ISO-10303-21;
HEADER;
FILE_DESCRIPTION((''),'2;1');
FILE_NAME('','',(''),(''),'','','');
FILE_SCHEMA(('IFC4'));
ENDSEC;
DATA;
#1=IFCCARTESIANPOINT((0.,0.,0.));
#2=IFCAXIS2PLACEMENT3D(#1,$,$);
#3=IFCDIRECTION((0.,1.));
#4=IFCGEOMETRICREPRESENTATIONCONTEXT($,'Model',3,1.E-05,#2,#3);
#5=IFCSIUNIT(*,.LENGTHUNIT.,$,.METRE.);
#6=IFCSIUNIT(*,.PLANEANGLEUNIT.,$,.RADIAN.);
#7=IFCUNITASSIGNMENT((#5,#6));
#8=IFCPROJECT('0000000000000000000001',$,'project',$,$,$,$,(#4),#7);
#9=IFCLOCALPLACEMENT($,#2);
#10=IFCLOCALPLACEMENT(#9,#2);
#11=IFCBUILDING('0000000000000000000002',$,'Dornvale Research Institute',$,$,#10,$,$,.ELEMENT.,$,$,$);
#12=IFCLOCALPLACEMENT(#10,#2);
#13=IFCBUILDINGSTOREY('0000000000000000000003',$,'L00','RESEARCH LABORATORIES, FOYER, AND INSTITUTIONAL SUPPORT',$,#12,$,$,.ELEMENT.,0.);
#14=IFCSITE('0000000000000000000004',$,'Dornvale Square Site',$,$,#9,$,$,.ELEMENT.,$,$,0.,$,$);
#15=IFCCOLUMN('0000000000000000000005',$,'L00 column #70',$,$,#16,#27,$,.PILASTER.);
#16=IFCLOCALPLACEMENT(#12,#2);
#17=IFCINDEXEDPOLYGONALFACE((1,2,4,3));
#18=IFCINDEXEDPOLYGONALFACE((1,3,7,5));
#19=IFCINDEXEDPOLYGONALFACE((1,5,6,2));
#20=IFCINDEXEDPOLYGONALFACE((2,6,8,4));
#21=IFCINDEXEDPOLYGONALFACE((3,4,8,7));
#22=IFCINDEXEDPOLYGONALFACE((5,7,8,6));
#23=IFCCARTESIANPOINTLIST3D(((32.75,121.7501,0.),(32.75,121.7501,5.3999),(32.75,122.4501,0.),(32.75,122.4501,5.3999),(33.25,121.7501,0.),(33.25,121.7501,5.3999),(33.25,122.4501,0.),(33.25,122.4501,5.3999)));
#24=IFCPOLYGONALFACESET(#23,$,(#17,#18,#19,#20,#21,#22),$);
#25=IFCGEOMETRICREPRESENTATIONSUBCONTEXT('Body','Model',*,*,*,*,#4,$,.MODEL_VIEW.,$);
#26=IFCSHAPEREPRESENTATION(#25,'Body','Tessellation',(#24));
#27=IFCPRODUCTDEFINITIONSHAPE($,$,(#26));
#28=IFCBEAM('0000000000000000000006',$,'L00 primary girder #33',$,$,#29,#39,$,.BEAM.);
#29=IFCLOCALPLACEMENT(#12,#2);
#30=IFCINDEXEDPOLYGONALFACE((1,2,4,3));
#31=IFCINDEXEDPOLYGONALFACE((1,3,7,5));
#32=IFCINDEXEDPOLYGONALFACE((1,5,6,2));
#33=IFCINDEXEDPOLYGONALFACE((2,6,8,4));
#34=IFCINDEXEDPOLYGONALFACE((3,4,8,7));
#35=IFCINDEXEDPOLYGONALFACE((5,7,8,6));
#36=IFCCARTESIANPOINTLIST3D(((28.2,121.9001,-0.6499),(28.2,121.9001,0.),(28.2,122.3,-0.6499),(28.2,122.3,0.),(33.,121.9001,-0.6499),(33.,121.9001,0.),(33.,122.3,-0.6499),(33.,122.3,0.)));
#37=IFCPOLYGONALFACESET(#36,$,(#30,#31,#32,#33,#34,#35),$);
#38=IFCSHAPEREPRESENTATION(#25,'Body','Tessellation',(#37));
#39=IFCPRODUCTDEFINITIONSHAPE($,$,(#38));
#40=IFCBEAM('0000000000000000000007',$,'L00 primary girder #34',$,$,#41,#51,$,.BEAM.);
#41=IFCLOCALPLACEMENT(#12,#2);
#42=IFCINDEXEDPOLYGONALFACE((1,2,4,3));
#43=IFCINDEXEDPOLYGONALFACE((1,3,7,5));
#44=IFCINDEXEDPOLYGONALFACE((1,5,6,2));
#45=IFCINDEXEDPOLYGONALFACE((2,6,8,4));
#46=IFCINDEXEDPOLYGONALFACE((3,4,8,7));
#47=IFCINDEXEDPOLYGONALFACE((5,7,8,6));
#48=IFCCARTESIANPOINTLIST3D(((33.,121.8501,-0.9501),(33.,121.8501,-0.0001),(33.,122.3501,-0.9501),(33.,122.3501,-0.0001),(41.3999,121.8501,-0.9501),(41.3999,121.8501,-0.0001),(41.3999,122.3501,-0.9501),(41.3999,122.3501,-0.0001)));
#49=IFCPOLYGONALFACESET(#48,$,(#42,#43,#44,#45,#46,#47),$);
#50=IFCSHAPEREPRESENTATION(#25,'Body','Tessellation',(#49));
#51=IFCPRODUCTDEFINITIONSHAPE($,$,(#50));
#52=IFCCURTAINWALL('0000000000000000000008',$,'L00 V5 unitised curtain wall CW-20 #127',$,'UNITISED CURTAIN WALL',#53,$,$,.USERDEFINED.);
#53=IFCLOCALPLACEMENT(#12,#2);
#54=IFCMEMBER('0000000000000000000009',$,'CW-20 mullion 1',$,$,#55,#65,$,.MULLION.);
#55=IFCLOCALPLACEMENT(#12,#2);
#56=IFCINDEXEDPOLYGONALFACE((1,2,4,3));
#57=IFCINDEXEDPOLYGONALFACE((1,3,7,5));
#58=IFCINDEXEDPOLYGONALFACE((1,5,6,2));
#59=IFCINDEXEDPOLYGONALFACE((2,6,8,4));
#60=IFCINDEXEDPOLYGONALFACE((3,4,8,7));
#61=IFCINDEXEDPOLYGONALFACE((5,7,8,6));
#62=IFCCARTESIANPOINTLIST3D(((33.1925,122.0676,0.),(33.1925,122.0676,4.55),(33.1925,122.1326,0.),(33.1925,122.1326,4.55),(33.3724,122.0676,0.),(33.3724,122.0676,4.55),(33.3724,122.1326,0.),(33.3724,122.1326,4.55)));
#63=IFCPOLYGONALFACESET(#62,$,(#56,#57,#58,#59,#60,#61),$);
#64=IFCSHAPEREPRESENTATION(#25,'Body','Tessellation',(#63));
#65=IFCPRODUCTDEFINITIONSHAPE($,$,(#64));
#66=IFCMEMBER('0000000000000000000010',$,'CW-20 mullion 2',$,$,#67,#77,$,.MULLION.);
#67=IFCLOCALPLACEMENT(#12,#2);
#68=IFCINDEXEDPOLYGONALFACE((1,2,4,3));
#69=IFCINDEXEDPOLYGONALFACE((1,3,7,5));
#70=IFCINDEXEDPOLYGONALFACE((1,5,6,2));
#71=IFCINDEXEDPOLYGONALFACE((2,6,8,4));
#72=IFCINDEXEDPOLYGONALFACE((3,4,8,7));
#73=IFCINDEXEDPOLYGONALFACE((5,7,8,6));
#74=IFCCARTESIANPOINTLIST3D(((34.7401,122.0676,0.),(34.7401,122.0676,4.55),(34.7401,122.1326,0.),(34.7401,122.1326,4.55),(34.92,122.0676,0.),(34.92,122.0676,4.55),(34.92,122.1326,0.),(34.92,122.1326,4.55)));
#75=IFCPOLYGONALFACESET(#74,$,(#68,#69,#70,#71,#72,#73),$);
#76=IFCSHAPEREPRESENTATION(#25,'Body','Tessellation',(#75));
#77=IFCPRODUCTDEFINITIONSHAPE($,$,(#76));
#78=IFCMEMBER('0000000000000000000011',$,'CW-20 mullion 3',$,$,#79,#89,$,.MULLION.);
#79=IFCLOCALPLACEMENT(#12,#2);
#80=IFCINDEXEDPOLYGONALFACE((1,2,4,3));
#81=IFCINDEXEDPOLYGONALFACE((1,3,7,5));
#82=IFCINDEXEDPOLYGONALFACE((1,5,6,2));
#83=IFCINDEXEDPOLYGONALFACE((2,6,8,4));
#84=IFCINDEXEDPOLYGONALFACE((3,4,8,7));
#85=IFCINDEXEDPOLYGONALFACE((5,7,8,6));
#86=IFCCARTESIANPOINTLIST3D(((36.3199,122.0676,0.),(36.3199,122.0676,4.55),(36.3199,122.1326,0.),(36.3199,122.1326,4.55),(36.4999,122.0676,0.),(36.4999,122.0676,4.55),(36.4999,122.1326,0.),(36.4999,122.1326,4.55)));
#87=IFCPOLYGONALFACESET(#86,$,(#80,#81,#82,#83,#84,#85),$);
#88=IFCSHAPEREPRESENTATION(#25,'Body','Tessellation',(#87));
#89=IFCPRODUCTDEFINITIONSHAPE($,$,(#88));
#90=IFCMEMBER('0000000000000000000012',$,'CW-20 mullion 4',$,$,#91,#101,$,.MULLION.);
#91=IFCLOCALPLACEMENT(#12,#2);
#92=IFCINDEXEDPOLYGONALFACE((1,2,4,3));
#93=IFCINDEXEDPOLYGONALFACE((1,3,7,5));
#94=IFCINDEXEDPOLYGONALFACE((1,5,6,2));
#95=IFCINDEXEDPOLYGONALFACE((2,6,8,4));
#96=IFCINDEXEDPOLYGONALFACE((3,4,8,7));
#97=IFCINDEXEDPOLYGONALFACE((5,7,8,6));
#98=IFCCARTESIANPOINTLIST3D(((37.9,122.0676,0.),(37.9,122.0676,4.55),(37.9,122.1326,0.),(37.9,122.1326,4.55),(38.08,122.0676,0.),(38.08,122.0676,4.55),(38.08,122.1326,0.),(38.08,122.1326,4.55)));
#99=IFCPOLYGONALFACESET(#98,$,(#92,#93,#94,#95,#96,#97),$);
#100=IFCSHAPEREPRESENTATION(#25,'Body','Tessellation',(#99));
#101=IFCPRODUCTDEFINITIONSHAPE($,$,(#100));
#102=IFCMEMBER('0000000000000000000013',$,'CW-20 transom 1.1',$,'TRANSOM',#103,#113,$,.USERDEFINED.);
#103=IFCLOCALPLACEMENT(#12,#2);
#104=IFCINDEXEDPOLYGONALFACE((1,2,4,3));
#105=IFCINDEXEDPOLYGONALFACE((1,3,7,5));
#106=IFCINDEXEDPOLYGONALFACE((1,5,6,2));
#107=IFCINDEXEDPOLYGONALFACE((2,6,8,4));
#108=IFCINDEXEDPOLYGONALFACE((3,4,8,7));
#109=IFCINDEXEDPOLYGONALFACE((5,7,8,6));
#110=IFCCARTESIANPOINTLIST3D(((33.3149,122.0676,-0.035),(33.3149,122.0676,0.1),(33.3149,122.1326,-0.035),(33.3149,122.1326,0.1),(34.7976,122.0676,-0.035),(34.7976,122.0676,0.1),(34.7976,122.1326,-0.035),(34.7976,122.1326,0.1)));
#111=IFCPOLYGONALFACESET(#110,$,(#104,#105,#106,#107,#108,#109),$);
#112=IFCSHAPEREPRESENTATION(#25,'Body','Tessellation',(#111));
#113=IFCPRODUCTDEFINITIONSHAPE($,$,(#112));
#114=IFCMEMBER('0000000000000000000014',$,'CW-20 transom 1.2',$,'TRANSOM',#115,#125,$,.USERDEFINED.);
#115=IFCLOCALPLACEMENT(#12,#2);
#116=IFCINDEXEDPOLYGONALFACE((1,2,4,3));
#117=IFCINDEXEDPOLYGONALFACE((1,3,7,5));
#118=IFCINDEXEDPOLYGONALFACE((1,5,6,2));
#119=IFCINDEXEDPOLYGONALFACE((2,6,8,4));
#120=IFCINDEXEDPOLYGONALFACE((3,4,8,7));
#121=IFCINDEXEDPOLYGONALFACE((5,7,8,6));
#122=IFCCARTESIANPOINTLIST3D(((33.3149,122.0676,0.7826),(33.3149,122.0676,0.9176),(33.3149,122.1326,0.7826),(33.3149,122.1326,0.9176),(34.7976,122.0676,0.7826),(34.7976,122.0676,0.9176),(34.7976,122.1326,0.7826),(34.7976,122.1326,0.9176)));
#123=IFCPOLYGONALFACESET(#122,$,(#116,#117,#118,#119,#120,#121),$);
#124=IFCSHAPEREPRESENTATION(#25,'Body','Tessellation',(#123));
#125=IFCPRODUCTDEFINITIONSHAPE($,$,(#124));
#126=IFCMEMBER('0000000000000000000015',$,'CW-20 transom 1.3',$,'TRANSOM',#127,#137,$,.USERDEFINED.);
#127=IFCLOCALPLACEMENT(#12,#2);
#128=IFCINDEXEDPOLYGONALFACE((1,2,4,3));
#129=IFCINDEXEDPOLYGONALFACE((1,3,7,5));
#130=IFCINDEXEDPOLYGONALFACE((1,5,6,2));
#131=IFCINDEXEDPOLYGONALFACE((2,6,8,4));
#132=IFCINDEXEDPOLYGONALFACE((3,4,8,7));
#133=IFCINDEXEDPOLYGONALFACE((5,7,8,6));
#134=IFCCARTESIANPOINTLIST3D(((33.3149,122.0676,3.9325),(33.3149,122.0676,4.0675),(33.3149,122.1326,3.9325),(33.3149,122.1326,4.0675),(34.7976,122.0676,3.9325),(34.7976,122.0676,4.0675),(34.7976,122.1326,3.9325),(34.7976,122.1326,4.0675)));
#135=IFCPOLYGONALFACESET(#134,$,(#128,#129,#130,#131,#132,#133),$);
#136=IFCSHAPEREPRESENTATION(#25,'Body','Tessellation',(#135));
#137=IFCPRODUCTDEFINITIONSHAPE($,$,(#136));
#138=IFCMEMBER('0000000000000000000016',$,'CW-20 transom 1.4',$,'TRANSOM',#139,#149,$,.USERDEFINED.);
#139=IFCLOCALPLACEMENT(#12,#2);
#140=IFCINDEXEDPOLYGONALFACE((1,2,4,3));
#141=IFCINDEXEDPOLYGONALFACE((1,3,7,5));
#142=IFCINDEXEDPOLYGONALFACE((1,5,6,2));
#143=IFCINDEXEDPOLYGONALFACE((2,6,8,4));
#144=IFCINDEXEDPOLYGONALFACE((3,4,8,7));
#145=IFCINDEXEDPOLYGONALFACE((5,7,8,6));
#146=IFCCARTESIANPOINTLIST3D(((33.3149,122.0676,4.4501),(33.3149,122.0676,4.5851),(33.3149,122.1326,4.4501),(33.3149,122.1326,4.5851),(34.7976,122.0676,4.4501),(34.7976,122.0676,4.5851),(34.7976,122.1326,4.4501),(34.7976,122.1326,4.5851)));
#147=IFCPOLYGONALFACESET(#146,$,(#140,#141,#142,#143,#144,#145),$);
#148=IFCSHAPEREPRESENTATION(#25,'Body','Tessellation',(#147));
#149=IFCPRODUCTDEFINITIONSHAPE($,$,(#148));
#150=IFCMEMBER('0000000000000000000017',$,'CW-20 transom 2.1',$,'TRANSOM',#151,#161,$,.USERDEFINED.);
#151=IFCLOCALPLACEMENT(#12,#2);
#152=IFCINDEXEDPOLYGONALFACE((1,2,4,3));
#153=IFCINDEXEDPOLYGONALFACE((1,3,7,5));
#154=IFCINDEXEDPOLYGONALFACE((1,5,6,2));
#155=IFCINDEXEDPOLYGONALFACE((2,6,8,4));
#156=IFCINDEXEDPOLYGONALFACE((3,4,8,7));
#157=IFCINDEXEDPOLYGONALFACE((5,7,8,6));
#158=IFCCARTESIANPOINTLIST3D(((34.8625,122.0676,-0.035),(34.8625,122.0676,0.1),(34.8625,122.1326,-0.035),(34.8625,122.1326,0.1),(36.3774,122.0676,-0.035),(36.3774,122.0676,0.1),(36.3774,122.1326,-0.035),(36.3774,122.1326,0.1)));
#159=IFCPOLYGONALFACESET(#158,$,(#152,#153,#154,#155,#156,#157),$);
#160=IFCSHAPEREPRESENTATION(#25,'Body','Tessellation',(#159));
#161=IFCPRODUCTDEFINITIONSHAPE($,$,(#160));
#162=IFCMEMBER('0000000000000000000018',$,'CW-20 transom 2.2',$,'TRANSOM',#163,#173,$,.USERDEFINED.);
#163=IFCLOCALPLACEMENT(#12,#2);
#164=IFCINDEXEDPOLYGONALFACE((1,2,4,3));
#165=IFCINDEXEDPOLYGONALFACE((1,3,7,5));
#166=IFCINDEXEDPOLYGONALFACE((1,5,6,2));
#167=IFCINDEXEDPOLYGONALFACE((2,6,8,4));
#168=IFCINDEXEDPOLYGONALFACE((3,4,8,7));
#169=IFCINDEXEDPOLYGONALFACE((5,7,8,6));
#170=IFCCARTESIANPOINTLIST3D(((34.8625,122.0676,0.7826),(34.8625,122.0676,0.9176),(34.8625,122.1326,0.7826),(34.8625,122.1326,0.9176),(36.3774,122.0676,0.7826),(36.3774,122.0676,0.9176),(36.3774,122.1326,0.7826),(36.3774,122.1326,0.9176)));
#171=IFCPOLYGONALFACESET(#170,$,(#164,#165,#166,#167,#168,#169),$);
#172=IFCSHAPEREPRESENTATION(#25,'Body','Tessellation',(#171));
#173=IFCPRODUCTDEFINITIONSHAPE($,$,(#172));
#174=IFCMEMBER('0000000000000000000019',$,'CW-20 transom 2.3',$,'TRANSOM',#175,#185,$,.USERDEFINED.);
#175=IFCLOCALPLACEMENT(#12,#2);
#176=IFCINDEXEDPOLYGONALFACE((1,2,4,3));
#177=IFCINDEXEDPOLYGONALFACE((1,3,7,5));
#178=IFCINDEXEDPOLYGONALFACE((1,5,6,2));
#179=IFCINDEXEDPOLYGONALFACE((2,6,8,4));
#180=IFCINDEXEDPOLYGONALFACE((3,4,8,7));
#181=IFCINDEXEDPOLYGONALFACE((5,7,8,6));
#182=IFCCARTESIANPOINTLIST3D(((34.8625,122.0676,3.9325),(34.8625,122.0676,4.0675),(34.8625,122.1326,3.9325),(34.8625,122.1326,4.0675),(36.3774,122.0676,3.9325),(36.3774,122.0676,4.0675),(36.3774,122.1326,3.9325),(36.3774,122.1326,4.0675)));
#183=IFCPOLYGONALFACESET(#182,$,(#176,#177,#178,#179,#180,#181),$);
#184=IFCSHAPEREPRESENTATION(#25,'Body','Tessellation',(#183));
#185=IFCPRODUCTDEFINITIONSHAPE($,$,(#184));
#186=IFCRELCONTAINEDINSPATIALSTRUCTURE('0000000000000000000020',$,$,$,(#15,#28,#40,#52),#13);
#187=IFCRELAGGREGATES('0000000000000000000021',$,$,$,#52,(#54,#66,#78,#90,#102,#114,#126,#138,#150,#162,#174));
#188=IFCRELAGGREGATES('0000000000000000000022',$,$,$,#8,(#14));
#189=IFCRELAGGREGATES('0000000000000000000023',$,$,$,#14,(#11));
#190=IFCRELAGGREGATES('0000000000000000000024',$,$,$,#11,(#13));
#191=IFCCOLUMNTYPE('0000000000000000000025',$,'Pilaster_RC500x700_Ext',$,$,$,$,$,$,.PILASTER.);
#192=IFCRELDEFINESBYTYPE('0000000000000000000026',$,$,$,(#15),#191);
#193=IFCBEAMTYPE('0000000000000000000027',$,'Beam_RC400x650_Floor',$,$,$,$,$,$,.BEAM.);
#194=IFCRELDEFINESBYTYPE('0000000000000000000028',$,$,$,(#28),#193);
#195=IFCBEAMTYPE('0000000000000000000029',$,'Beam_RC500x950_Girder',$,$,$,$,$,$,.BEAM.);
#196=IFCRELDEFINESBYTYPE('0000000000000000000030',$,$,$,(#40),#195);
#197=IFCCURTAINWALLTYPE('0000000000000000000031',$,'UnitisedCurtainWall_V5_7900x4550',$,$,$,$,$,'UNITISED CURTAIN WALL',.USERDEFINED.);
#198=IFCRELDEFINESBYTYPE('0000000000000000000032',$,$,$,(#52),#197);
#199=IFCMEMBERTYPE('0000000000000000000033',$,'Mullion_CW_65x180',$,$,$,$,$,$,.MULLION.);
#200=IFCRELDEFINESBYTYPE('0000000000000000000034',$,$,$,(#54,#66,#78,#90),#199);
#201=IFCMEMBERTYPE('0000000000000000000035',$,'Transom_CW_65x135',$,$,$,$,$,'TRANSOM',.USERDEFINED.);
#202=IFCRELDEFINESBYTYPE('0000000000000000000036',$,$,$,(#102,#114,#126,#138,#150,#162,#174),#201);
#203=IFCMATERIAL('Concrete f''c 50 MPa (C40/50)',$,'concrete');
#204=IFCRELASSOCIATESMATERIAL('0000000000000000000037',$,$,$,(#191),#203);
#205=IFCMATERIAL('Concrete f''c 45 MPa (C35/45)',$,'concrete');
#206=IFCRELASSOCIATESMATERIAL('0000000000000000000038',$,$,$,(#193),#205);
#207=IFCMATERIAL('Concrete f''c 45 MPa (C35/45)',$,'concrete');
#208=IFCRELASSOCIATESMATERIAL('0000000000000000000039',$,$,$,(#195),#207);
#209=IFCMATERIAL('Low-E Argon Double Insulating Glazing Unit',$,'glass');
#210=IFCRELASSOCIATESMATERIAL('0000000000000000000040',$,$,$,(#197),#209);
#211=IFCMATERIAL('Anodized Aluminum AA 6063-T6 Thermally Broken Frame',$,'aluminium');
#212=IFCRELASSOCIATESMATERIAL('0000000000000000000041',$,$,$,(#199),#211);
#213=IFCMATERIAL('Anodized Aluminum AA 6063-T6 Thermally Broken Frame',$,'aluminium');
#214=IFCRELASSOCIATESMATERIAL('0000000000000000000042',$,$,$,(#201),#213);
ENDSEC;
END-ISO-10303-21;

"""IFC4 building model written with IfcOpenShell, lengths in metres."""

from ifc_helpers import new_model, si_unit, direction, frame, origin, origin_2d, place, context, subcontext, project, spatial, rectangle, extrude, material, material_profile, profile_set, type_object, element, aggregate, save


model = new_model("IFC4")

# Units and contexts
model_context = context("Model", 3, precision=1e-05, world=origin(), true_north=direction((0.0, 1.0)))
body_context = subcontext(model_context, "Body", "Model", "MODEL_VIEW")
ifc_project = project(units=[si_unit("LENGTHUNIT", "METRE"), si_unit("PLANEANGLEUNIT", "RADIAN")], contexts=[model_context])

# Site, building, storey
site_placement = place(None, origin())
site = spatial("IfcSite", under=ifc_project, at=site_placement, Name="Dornvale Square Site", CompositionType="ELEMENT", RefElevation=0.0)
building_placement = place(site_placement, origin())
building = spatial("IfcBuilding", under=site, at=building_placement, Name="Dornvale Research Institute", CompositionType="ELEMENT")
storey_placement = place(building_placement, origin())
storey = spatial("IfcBuildingStorey", under=building, at=storey_placement, Name="L00", Description="RESEARCH LABORATORIES, FOYER, AND INSTITUTIONAL SUPPORT", CompositionType="ELEMENT", Elevation=0.0)

# Column
ifc_material_1 = material(Name="Concrete f'c 50 MPa (C40/50)", Category="concrete")
ifc_material_profile_1 = material_profile(ifc_material_1, rectangle(XDim=0.5, YDim=0.7, at=origin_2d()), Name="RC 500x700")
ifc_profile_set_1 = profile_set([ifc_material_profile_1], Name="Concrete f'c 50 MPa (C40/50)")
column_type = type_object("IfcColumnType", Name="Pilaster_RC500x700_Ext", PredefinedType="PILASTER", material=ifc_profile_set_1)
column_placement = place(storey_placement, frame((33.0, 122.1001, 0.0), z_axis=(0.0, 0.0, 1.0), x_axis=(1.0, 0.0, 0.0)))
element("IfcColumn", 1, at=column_placement, inside=storey, type_object=column_type, Name="L00 column #70", PredefinedType="PILASTER", context=body_context, shape_type="SweptSolid", body=[
    extrude(rectangle(XDim=0.5, YDim=0.7, at=origin_2d()), origin(), (0.0, 0.0, 1.0), 5.3999),
])

# Beams
ifc_material_2 = material(Name="Concrete f'c 45 MPa (C35/45)", Category="concrete")
ifc_material_profile_2 = material_profile(ifc_material_2, rectangle(XDim=0.3999, YDim=0.6499, at=origin_2d()), Name="RC 400x650")
ifc_profile_set_2 = profile_set([ifc_material_profile_2], Name="Concrete f'c 45 MPa (C35/45)")
beam_type_1 = type_object("IfcBeamType", Name="Beam_RC400x650_Floor", PredefinedType="BEAM", material=ifc_profile_set_2)
beam_1_placement = place(storey_placement, frame((28.2, 122.1001, -0.325), z_axis=(1.0, 0.0, 0.0), x_axis=(0.0, 1.0, 0.0)))
element("IfcBeam", 2, at=beam_1_placement, inside=storey, type_object=beam_type_1, Name="L00 primary girder #33", PredefinedType="BEAM", context=body_context, shape_type="SweptSolid", body=[
    extrude(rectangle(XDim=0.3999, YDim=0.6499, at=origin_2d()), origin(), (0.0, 0.0, 1.0), 4.8),
])
ifc_material_3 = material(Name="Concrete f'c 45 MPa (C35/45)", Category="concrete")
ifc_material_profile_3 = material_profile(ifc_material_3, rectangle(XDim=0.5, YDim=0.95, at=origin_2d()), Name="RC 500x950")
ifc_profile_set_3 = profile_set([ifc_material_profile_3], Name="Concrete f'c 45 MPa (C35/45)")
beam_type_2 = type_object("IfcBeamType", Name="Beam_RC500x950_Girder", PredefinedType="BEAM", material=ifc_profile_set_3)
beam_2_placement = place(storey_placement, frame((33.0, 122.1001, -0.4751), z_axis=(1.0, 0.0, 0.0), x_axis=(0.0, 1.0, 0.0)))
element("IfcBeam", 3, at=beam_2_placement, inside=storey, type_object=beam_type_2, Name="L00 primary girder #34", PredefinedType="BEAM", context=body_context, shape_type="SweptSolid", body=[
    extrude(rectangle(XDim=0.5, YDim=0.95, at=origin_2d()), origin(), (0.0, 0.0, 1.0), 8.3999),
])

# Curtain wall, members
ifc_material_4 = material(Name="Low-E Argon Double Insulating Glazing Unit", Category="glass")
curtain_wall_type = type_object("IfcCurtainWallType", Name="UnitisedCurtainWall_V5_7900x4550", ElementType="UNITISED CURTAIN WALL", PredefinedType="USERDEFINED", material=ifc_material_4)
curtain_wall_placement = place(storey_placement, origin())
curtain_wall = element("IfcCurtainWall", 4, at=curtain_wall_placement, inside=storey, type_object=curtain_wall_type, Name="L00 V5 unitised curtain wall CW-20 #127", ObjectType="UNITISED CURTAIN WALL", PredefinedType="USERDEFINED")
ifc_material_5 = material(Name="Anodized Aluminum AA 6063-T6 Thermally Broken Frame", Category="aluminium")
ifc_material_profile_4 = material_profile(ifc_material_5, rectangle(XDim=0.0649, YDim=0.1799, at=origin_2d()), Name="ALU MULLION 65x180")
ifc_profile_set_4 = profile_set([ifc_material_profile_4], Name="Anodized Aluminum AA 6063-T6 Thermally Broken Frame")
member_type_1 = type_object("IfcMemberType", Name="Mullion_CW_65x180", PredefinedType="MULLION", material=ifc_profile_set_4)
member_1_placement = place(storey_placement, frame((33.2825, 122.1001, 0.0), z_axis=(0.0, 0.0, 1.0), x_axis=(0.0, 1.0, 0.0)))
member_1 = element("IfcMember", 5, at=member_1_placement, type_object=member_type_1, Name="CW-20 mullion 1", PredefinedType="MULLION", context=body_context, shape_type="SweptSolid", body=[
    extrude(rectangle(XDim=0.0649, YDim=0.1799, at=origin_2d()), origin(), (0.0, 0.0, 1.0), 4.55),
])
member_2_placement = place(storey_placement, frame((34.8301, 122.1001, 0.0), z_axis=(0.0, 0.0, 1.0), x_axis=(0.0, 1.0, 0.0)))
member_2 = element("IfcMember", 6, at=member_2_placement, type_object=member_type_1, Name="CW-20 mullion 2", PredefinedType="MULLION", context=body_context, shape_type="SweptSolid", body=[
    extrude(rectangle(XDim=0.0649, YDim=0.1799, at=origin_2d()), origin(), (0.0, 0.0, 1.0), 4.55),
])
member_3_placement = place(storey_placement, frame((36.4099, 122.1001, 0.0), z_axis=(0.0, 0.0, 1.0), x_axis=(0.0, 1.0, 0.0)))
member_3 = element("IfcMember", 7, at=member_3_placement, type_object=member_type_1, Name="CW-20 mullion 3", PredefinedType="MULLION", context=body_context, shape_type="SweptSolid", body=[
    extrude(rectangle(XDim=0.0649, YDim=0.1799, at=origin_2d()), origin(), (0.0, 0.0, 1.0), 4.55),
])
member_4_placement = place(storey_placement, frame((37.99, 122.1001, 0.0), z_axis=(0.0, 0.0, 1.0), x_axis=(0.0, 1.0, 0.0)))
member_4 = element("IfcMember", 8, at=member_4_placement, type_object=member_type_1, Name="CW-20 mullion 4", PredefinedType="MULLION", context=body_context, shape_type="SweptSolid", body=[
    extrude(rectangle(XDim=0.0649, YDim=0.1799, at=origin_2d()), origin(), (0.0, 0.0, 1.0), 4.55),
])
ifc_material_6 = material(Name="Anodized Aluminum AA 6063-T6 Thermally Broken Frame", Category="aluminium")
ifc_material_profile_5 = material_profile(ifc_material_6, rectangle(XDim=0.0649, YDim=0.135, at=origin_2d()), Name="ALU TRANSOM 65x135")
ifc_profile_set_5 = profile_set([ifc_material_profile_5], Name="Anodized Aluminum AA 6063-T6 Thermally Broken Frame")
member_type_2 = type_object("IfcMemberType", Name="Transom_CW_65x135", ElementType="TRANSOM", PredefinedType="USERDEFINED", material=ifc_profile_set_5)
member_5_placement = place(storey_placement, frame((33.3149, 122.1001, 0.0325), z_axis=(1.0, 0.0, 0.0), x_axis=(0.0, 1.0, 0.0)))
member_5 = element("IfcMember", 9, at=member_5_placement, type_object=member_type_2, Name="CW-20 transom 1.1", ObjectType="TRANSOM", PredefinedType="USERDEFINED", context=body_context, shape_type="SweptSolid", body=[
    extrude(rectangle(XDim=0.0649, YDim=0.135, at=origin_2d()), origin(), (0.0, 0.0, 1.0), 1.4827),
])
member_6_placement = place(storey_placement, frame((33.3149, 122.1001, 0.8501), z_axis=(1.0, 0.0, 0.0), x_axis=(0.0, 1.0, 0.0)))
member_6 = element("IfcMember", 10, at=member_6_placement, type_object=member_type_2, Name="CW-20 transom 1.2", ObjectType="TRANSOM", PredefinedType="USERDEFINED", context=body_context, shape_type="SweptSolid", body=[
    extrude(rectangle(XDim=0.0649, YDim=0.135, at=origin_2d()), origin(), (0.0, 0.0, 1.0), 1.4827),
])
member_7_placement = place(storey_placement, frame((33.3149, 122.1001, 4.0), z_axis=(1.0, 0.0, 0.0), x_axis=(0.0, 1.0, 0.0)))
member_7 = element("IfcMember", 11, at=member_7_placement, type_object=member_type_2, Name="CW-20 transom 1.3", ObjectType="TRANSOM", PredefinedType="USERDEFINED", context=body_context, shape_type="SweptSolid", body=[
    extrude(rectangle(XDim=0.0649, YDim=0.135, at=origin_2d()), origin(), (0.0, 0.0, 1.0), 1.4827),
])
member_8_placement = place(storey_placement, frame((33.3149, 122.1001, 4.5176), z_axis=(1.0, 0.0, 0.0), x_axis=(0.0, 1.0, 0.0)))
member_8 = element("IfcMember", 12, at=member_8_placement, type_object=member_type_2, Name="CW-20 transom 1.4", ObjectType="TRANSOM", PredefinedType="USERDEFINED", context=body_context, shape_type="SweptSolid", body=[
    extrude(rectangle(XDim=0.0649, YDim=0.135, at=origin_2d()), origin(), (0.0, 0.0, 1.0), 1.4827),
])
member_9_placement = place(storey_placement, frame((34.8625, 122.1001, 0.0325), z_axis=(1.0, 0.0, 0.0), x_axis=(0.0, 1.0, 0.0)))
member_9 = element("IfcMember", 13, at=member_9_placement, type_object=member_type_2, Name="CW-20 transom 2.1", ObjectType="TRANSOM", PredefinedType="USERDEFINED", context=body_context, shape_type="SweptSolid", body=[
    extrude(rectangle(XDim=0.0649, YDim=0.135, at=origin_2d()), origin(), (0.0, 0.0, 1.0), 1.5149),
])
member_10_placement = place(storey_placement, frame((34.8625, 122.1001, 0.8501), z_axis=(1.0, 0.0, 0.0), x_axis=(0.0, 1.0, 0.0)))
member_10 = element("IfcMember", 14, at=member_10_placement, type_object=member_type_2, Name="CW-20 transom 2.2", ObjectType="TRANSOM", PredefinedType="USERDEFINED", context=body_context, shape_type="SweptSolid", body=[
    extrude(rectangle(XDim=0.0649, YDim=0.135, at=origin_2d()), origin(), (0.0, 0.0, 1.0), 1.5149),
])
member_11_placement = place(storey_placement, frame((34.8625, 122.1001, 4.0), z_axis=(1.0, 0.0, 0.0), x_axis=(0.0, 1.0, 0.0)))
member_11 = element("IfcMember", 15, at=member_11_placement, type_object=member_type_2, Name="CW-20 transom 2.3", ObjectType="TRANSOM", PredefinedType="USERDEFINED", context=body_context, shape_type="SweptSolid", body=[
    extrude(rectangle(XDim=0.0649, YDim=0.135, at=origin_2d()), origin(), (0.0, 0.0, 1.0), 1.5149),
])
aggregate(curtain_wall, [member_1, member_2, member_3, member_4, member_5, member_6, member_7, member_8, member_9, member_10, member_11])

save(model, "model.ifc")
